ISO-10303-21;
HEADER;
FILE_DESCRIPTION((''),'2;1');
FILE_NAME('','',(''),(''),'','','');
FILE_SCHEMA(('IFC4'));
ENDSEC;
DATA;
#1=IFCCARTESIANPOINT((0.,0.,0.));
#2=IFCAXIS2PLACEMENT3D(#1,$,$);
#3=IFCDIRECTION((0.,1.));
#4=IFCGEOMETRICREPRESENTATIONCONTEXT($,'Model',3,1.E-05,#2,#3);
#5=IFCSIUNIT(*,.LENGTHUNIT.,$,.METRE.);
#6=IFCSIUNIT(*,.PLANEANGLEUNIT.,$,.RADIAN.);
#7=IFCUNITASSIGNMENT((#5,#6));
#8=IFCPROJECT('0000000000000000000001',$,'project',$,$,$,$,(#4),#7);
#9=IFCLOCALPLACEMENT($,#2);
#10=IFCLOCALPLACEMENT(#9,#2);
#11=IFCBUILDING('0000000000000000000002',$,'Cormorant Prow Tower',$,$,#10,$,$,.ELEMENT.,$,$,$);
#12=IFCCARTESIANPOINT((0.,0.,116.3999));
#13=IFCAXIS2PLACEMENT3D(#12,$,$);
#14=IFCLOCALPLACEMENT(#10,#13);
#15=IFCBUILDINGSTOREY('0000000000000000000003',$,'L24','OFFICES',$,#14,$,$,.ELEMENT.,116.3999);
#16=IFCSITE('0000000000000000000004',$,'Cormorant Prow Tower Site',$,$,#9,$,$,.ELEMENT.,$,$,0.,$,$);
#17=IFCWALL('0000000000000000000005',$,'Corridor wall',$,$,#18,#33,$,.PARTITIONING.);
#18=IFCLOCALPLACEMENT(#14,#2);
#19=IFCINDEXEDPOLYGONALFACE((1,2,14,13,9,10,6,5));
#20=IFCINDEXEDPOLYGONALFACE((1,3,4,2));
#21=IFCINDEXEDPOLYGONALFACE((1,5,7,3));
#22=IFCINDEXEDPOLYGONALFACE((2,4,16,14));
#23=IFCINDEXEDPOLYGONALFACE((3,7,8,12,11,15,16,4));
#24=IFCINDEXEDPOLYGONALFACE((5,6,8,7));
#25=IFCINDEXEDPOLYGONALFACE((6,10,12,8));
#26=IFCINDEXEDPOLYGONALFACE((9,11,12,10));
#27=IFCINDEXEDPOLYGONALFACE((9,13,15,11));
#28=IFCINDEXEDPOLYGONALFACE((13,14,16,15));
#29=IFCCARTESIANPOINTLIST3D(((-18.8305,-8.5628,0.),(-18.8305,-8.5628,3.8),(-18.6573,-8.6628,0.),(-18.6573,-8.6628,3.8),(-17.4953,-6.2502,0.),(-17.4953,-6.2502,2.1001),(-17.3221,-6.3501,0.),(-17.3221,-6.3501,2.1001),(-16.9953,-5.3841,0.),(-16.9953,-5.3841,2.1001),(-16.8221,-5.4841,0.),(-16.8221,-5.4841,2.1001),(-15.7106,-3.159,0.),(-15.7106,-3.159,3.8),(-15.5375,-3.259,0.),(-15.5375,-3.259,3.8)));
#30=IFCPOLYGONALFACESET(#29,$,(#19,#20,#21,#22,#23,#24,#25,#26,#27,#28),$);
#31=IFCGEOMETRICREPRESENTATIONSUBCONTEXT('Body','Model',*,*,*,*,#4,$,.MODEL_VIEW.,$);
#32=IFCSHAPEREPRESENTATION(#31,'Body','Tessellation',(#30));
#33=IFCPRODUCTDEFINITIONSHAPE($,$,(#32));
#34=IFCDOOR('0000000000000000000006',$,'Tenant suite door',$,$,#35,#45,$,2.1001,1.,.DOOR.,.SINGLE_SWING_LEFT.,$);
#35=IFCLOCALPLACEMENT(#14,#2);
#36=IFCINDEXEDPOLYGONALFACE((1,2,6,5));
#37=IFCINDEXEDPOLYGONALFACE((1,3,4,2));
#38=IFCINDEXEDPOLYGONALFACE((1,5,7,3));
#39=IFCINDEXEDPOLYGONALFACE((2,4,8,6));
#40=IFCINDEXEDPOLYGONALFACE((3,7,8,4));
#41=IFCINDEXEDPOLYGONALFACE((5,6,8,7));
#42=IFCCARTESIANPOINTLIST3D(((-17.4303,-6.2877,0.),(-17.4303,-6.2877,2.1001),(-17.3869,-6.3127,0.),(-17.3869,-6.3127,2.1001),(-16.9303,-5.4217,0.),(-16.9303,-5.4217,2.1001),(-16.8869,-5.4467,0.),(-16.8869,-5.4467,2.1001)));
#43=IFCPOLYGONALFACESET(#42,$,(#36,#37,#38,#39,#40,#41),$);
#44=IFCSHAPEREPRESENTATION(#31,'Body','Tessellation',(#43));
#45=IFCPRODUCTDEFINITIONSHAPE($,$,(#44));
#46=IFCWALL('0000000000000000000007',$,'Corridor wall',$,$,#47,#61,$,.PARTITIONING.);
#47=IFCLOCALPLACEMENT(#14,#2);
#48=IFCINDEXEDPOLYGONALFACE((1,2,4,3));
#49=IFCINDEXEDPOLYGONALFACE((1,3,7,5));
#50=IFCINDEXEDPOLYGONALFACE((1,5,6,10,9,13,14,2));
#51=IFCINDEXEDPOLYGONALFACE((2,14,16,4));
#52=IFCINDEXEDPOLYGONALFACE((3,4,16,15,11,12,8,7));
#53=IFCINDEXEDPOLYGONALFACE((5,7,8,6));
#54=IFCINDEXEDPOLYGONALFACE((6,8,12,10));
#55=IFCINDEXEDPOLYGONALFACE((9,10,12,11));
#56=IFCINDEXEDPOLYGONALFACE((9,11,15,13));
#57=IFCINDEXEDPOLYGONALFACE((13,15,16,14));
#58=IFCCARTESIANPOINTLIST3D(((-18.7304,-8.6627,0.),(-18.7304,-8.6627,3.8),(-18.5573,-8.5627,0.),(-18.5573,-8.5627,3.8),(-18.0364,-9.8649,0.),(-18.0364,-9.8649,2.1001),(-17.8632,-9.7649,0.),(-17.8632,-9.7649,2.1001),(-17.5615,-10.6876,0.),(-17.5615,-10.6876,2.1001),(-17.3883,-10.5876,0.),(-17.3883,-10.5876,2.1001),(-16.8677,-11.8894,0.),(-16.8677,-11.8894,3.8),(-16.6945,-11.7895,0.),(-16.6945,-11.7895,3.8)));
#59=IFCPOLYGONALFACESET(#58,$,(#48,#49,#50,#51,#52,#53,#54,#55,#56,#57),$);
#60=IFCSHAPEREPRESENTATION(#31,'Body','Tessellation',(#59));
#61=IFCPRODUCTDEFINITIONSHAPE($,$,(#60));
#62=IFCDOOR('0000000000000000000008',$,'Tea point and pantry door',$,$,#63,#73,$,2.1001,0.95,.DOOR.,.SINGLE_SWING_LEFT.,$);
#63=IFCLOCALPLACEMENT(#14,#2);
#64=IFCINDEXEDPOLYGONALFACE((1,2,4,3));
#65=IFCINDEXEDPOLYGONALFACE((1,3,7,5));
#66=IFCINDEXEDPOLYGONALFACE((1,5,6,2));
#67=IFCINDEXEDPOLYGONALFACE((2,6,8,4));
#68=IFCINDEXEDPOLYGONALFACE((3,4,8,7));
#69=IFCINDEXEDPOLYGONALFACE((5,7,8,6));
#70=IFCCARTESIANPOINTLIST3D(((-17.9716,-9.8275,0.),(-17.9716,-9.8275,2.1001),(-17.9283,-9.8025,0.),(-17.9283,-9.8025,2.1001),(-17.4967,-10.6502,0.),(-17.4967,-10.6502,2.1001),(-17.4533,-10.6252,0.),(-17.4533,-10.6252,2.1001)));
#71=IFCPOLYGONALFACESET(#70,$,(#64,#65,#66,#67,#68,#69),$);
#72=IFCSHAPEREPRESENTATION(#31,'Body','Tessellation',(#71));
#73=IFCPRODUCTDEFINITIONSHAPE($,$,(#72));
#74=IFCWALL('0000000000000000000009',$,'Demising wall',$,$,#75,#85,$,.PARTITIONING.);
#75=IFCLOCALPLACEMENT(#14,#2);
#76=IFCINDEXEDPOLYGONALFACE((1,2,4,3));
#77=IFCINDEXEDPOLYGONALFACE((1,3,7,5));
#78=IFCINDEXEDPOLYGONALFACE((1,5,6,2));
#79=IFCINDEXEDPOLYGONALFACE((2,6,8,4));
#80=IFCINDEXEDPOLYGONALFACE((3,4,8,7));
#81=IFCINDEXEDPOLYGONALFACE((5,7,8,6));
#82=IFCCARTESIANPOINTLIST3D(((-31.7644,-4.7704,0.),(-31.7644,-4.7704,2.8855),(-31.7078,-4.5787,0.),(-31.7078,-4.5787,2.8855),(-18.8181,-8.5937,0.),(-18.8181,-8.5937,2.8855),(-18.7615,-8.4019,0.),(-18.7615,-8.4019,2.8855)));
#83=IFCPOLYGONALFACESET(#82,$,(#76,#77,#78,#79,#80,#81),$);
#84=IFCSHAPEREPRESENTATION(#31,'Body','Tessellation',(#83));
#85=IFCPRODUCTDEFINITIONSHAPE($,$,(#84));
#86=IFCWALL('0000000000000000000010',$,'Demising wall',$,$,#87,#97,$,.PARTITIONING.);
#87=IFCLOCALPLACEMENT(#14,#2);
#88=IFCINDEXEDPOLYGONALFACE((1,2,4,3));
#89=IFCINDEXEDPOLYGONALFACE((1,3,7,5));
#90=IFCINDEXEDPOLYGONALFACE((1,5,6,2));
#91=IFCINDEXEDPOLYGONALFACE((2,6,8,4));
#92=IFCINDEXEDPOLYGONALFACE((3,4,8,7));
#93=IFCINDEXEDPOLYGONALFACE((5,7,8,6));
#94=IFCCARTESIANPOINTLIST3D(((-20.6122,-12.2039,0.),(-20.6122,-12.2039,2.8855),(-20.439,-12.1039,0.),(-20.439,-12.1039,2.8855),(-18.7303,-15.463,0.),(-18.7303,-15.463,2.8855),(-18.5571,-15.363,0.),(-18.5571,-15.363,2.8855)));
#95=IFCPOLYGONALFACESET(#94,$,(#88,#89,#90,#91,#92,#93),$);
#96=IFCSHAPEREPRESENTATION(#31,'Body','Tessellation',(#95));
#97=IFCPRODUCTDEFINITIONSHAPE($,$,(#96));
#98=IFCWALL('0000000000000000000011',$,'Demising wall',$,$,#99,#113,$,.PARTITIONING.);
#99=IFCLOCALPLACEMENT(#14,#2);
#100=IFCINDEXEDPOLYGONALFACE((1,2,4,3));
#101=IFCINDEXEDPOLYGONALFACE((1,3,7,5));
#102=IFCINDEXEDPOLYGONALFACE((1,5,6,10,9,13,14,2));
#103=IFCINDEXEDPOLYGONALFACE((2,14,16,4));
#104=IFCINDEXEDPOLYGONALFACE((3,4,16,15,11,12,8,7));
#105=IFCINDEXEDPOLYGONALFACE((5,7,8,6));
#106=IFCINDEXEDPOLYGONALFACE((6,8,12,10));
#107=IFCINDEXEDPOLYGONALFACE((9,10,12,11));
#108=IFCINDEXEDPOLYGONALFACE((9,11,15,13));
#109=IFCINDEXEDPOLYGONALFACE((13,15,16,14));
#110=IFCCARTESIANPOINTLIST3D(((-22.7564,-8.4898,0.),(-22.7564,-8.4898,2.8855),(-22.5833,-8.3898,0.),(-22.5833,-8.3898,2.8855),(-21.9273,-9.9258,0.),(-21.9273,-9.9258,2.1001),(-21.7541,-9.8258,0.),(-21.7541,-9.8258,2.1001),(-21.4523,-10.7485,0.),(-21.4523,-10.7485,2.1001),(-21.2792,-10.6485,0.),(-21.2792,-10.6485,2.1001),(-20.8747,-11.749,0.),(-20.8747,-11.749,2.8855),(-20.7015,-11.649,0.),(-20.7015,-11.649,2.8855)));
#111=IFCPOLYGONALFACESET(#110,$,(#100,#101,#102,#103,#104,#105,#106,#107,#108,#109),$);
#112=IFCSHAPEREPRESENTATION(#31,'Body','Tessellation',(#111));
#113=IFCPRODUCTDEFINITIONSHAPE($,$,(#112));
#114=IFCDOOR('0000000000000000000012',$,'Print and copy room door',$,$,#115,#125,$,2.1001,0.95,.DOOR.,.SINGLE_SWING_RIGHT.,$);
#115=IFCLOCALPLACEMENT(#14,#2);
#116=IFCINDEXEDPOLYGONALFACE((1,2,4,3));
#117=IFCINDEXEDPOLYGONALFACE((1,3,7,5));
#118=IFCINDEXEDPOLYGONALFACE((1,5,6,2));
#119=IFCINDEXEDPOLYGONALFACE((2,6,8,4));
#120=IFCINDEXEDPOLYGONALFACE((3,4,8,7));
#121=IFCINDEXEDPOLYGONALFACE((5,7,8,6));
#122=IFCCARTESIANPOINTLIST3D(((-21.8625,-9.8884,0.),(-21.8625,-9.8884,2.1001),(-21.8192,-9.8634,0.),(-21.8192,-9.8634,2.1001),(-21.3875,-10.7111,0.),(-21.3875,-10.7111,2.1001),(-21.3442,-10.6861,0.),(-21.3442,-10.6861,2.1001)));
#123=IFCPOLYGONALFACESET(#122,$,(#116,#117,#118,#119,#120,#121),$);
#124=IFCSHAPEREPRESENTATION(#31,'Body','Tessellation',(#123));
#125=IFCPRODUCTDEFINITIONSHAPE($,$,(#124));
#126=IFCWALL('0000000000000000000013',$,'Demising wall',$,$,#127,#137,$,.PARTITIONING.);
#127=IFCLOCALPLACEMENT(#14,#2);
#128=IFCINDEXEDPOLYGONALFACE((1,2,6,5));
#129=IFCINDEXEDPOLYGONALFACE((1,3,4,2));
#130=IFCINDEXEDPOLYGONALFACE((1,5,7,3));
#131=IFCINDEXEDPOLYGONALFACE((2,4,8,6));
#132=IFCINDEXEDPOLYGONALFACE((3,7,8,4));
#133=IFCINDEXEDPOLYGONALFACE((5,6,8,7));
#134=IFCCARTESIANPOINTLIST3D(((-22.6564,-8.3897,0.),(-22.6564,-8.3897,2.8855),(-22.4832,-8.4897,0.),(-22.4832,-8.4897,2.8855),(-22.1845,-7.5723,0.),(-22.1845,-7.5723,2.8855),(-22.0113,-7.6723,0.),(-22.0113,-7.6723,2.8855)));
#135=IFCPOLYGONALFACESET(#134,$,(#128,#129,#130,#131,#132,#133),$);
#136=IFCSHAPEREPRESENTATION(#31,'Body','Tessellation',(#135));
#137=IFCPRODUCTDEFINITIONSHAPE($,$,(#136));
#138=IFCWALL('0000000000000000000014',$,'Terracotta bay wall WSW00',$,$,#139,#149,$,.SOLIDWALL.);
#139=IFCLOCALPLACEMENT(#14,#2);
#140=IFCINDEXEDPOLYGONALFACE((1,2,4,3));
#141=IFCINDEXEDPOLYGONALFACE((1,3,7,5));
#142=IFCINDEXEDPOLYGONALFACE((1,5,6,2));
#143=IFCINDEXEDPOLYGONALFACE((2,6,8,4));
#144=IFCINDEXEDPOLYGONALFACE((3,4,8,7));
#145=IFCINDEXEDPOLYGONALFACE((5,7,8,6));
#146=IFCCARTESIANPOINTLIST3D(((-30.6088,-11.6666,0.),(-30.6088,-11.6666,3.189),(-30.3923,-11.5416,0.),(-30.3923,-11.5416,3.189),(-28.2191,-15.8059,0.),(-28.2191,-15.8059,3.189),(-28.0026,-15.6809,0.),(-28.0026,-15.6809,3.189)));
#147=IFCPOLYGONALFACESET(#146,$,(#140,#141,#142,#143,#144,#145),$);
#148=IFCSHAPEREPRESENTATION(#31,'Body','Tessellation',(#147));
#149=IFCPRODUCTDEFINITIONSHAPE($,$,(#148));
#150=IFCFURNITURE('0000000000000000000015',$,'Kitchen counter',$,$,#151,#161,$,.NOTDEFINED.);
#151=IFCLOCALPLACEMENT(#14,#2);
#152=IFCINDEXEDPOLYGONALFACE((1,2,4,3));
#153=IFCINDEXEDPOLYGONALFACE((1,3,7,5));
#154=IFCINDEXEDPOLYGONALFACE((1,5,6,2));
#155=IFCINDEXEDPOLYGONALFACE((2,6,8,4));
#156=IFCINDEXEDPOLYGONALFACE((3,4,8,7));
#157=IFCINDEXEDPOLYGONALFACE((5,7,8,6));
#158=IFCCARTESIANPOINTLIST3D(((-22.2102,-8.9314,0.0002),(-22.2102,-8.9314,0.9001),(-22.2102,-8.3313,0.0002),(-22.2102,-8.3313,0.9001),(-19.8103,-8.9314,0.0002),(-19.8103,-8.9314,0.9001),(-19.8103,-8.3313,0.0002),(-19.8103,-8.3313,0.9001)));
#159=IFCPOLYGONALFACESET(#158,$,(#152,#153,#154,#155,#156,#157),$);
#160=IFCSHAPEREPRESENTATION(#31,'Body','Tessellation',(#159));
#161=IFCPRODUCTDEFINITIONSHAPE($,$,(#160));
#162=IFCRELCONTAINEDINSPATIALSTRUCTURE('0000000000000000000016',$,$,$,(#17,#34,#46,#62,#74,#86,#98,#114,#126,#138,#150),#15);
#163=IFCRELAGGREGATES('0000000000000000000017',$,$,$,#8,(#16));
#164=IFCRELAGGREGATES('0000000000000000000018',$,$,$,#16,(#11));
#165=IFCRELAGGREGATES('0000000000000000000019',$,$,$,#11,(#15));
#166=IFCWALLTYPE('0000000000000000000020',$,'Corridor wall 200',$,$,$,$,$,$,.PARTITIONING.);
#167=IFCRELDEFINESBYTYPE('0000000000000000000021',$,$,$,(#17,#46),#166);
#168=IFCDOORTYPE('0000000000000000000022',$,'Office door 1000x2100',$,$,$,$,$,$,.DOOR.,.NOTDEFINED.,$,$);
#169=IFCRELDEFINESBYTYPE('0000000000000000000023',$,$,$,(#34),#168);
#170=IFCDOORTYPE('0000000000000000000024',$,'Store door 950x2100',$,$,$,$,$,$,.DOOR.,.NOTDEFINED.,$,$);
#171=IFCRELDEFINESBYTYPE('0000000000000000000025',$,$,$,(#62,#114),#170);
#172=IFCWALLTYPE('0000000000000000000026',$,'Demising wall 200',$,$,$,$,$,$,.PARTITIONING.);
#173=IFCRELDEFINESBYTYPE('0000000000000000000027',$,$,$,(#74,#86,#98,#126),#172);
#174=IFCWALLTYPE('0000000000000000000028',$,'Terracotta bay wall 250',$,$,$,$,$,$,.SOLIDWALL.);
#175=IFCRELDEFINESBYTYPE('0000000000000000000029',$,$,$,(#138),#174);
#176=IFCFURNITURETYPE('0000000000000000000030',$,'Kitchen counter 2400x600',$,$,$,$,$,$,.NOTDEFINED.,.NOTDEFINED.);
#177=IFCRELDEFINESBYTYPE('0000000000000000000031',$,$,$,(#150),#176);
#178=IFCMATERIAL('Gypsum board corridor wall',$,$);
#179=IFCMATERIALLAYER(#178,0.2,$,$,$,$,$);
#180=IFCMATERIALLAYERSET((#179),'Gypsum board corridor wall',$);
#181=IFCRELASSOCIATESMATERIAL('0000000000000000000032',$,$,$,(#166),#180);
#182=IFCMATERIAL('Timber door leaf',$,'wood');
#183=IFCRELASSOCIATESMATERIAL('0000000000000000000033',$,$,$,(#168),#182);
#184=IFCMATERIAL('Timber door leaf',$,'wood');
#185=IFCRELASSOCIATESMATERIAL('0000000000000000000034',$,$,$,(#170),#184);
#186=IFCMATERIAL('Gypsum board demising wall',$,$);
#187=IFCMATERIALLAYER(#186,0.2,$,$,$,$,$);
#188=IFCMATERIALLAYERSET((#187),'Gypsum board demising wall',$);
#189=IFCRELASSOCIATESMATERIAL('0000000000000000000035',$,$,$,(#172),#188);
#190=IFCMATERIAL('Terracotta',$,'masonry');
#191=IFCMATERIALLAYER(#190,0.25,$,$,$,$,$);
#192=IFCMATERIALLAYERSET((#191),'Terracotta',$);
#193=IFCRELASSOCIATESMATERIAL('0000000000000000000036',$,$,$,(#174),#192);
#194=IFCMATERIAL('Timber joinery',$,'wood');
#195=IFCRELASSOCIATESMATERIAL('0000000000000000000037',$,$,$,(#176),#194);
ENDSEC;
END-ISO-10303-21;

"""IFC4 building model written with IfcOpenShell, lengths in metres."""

from ifc_helpers import new_model, si_unit, direction, frame, frame_2d, origin, origin_2d, place, context, subcontext, project, spatial, rectangle, extrude, material, layer, layer_set, type_object, element, fill, save


model = new_model("IFC4")

# Units and contexts
model_context = context("Model", 3, precision=1e-05, world=origin(), true_north=direction((0.0, 1.0)))
body_context = subcontext(model_context, "Body", "Model", "MODEL_VIEW")
ifc_project = project(units=[si_unit("LENGTHUNIT", "METRE"), si_unit("PLANEANGLEUNIT", "RADIAN")], contexts=[model_context])

# Site, building, storey
site_placement = place(None, origin())
site = spatial("IfcSite", under=ifc_project, at=site_placement, Name="Cormorant Prow Tower Site", CompositionType="ELEMENT", RefElevation=0.0)
building_placement = place(site_placement, origin())
building = spatial("IfcBuilding", under=site, at=building_placement, Name="Cormorant Prow Tower", CompositionType="ELEMENT")
storey_placement = place(building_placement, frame((0.0, 0.0, 116.3999)))
storey = spatial("IfcBuildingStorey", under=building, at=storey_placement, Name="L24", Description="OFFICES", CompositionType="ELEMENT", Elevation=116.3999)

# Walls, openings, doors
ifc_material_1 = material(Name="Gypsum board corridor wall")
ifc_layer_1 = layer(ifc_material_1, 0.2)
ifc_layer_set_1 = layer_set([ifc_layer_1], Name="Gypsum board corridor wall")
wall_type_1 = type_object("IfcWallType", Name="Corridor wall 200", PredefinedType="PARTITIONING", material=ifc_layer_set_1)
wall_1_placement = place(storey_placement, frame((-18.7439, -8.6128, 0.0), z_axis=(0.0, 0.0, 1.0), x_axis=(0.499998, 0.866027, 0.0)))
wall_1 = element("IfcWall", 1, at=wall_1_placement, inside=storey, type_object=wall_type_1, Name="Corridor wall", PredefinedType="PARTITIONING", context=body_context, shape_type="SweptSolid", body=[
    extrude(rectangle(XDim=6.2397, YDim=0.2, at=frame_2d((3.1199, 0.0))), origin(), (0.0, 0.0, 1.0), 3.8),
])
opening_1_placement = place(wall_1_placement, frame((2.6704, 0.0, 0.0)))
opening_1 = element("IfcOpeningElement", 2, at=opening_1_placement, cuts=wall_1, PredefinedType="OPENING", context=body_context, shape_type="SweptSolid", body=[
    extrude(rectangle(XDim=1.0, YDim=2.1001, at=frame_2d((0.5, 1.05))), frame((0.0, 0.1099, 0.0), z_axis=(0.0, -1.0, 0.0), x_axis=(1.0, 0.0, 0.0)), (0.0, 0.0, 1.0), 0.22),
])
ifc_material_2 = material(Name="Timber door leaf", Category="wood")
door_type_1 = type_object("IfcDoorType", Name="Office door 1000x2100", OperationType="NOTDEFINED", PredefinedType="DOOR", material=ifc_material_2)
door_1_placement = place(opening_1_placement, origin())
door_1 = element("IfcDoor", 3, at=door_1_placement, inside=storey, type_object=door_type_1, Name="Tenant suite door", OperationType="SINGLE_SWING_LEFT", OverallHeight=2.1001, OverallWidth=1.0, PredefinedType="DOOR", context=body_context, shape_type="SweptSolid", body=[
    extrude(rectangle(XDim=1.0, YDim=2.1001, at=frame_2d((0.5, 1.05))), frame((0.0, 0.0249, 0.0), z_axis=(0.0, -1.0, 0.0), x_axis=(1.0, 0.0, 0.0)), (0.0, 0.0, 1.0), 0.05),
])
fill(opening_1, door_1)
wall_2_placement = place(storey_placement, frame((-18.6438, -8.6128, 0.0), z_axis=(0.0, 0.0, 1.0), x_axis=(0.499959, -0.866049, 0.0)))
wall_2 = element("IfcWall", 4, at=wall_2_placement, inside=storey, type_object=wall_type_1, Name="Corridor wall", PredefinedType="PARTITIONING", context=body_context, shape_type="SweptSolid", body=[
    extrude(rectangle(XDim=3.7258, YDim=0.2, at=frame_2d((1.8628, 0.0))), origin(), (0.0, 0.0, 1.0), 3.8),
])
opening_2_placement = place(wall_2_placement, frame((1.3879, 0.0, 0.0)))
opening_2 = element("IfcOpeningElement", 5, at=opening_2_placement, cuts=wall_2, PredefinedType="OPENING", context=body_context, shape_type="SweptSolid", body=[
    extrude(rectangle(XDim=0.95, YDim=2.1001, at=frame_2d((0.4751, 1.05))), frame((0.0, 0.1099, 0.0), z_axis=(0.0, -1.0, 0.0), x_axis=(1.0, 0.0, 0.0)), (0.0, 0.0, 1.0), 0.22),
])
ifc_material_3 = material(Name="Timber door leaf", Category="wood")
door_type_2 = type_object("IfcDoorType", Name="Store door 950x2100", OperationType="NOTDEFINED", PredefinedType="DOOR", material=ifc_material_3)
door_2_placement = place(opening_2_placement, origin())
door_2 = element("IfcDoor", 6, at=door_2_placement, inside=storey, type_object=door_type_2, Name="Tea point and pantry door", OperationType="SINGLE_SWING_LEFT", OverallHeight=2.1001, OverallWidth=0.95, PredefinedType="DOOR", context=body_context, shape_type="SweptSolid", body=[
    extrude(rectangle(XDim=0.95, YDim=2.1001, at=frame_2d((0.4751, 1.05))), frame((0.0, 0.0249, 0.0), z_axis=(0.0, -1.0, 0.0), x_axis=(1.0, 0.0, 0.0)), (0.0, 0.0, 1.0), 0.05),
])
fill(opening_2, door_2)

# Walls
ifc_material_4 = material(Name="Gypsum board demising wall")
ifc_layer_2 = layer(ifc_material_4, 0.2)
ifc_layer_set_2 = layer_set([ifc_layer_2], Name="Gypsum board demising wall")
wall_type_2 = type_object("IfcWallType", Name="Demising wall 200", PredefinedType="PARTITIONING", material=ifc_layer_set_2)
wall_3_placement = place(storey_placement, frame((-31.7361, -4.6746, 0.0), z_axis=(0.0, 0.0, 1.0), x_axis=(0.959054, -0.283224, 0.0)))
element("IfcWall", 7, at=wall_3_placement, inside=storey, type_object=wall_type_2, Name="Demising wall", PredefinedType="PARTITIONING", context=body_context, shape_type="SweptSolid", body=[
    extrude(rectangle(XDim=13.499, YDim=0.2, at=frame_2d((6.7495, 0.0))), origin(), (0.0, 0.0, 1.0), 2.8855),
])
wall_4_placement = place(storey_placement, frame((-20.5256, -12.1538, 0.0), z_axis=(0.0, 0.0, 1.0), x_axis=(0.500046, -0.865999, 0.0)))
element("IfcWall", 8, at=wall_4_placement, inside=storey, type_object=wall_type_2, Name="Demising wall", PredefinedType="PARTITIONING", context=body_context, shape_type="SweptSolid", body=[
    extrude(rectangle(XDim=3.7634, YDim=0.2, at=frame_2d((1.8818, 0.0))), origin(), (0.0, 0.0, 1.0), 2.8855),
])

# Wall, opening, door
wall_5_placement = place(storey_placement, frame((-22.6699, -8.4397, 0.0), z_axis=(0.0, 0.0, 1.0), x_axis=(0.500018, -0.866015, 0.0)))
wall_5 = element("IfcWall", 9, at=wall_5_placement, inside=storey, type_object=wall_type_2, Name="Demising wall", PredefinedType="PARTITIONING", context=body_context, shape_type="SweptSolid", body=[
    extrude(rectangle(XDim=3.7634, YDim=0.2, at=frame_2d((1.8818, 0.0))), origin(), (0.0, 0.0, 1.0), 2.8855),
])
opening_3_placement = place(wall_5_placement, frame((1.6582, 0.0, 0.0)))
opening_3 = element("IfcOpeningElement", 10, at=opening_3_placement, cuts=wall_5, PredefinedType="OPENING", context=body_context, shape_type="SweptSolid", body=[
    extrude(rectangle(XDim=0.95, YDim=2.1001, at=frame_2d((0.4751, 1.05))), frame((0.0, 0.1099, 0.0), z_axis=(0.0, -1.0, 0.0), x_axis=(1.0, 0.0, 0.0)), (0.0, 0.0, 1.0), 0.22),
])
door_3_placement = place(opening_3_placement, origin())
door_3 = element("IfcDoor", 11, at=door_3_placement, inside=storey, type_object=door_type_2, Name="Print and copy room door", OperationType="SINGLE_SWING_RIGHT", OverallHeight=2.1001, OverallWidth=0.95, PredefinedType="DOOR", context=body_context, shape_type="SweptSolid", body=[
    extrude(rectangle(XDim=0.95, YDim=2.1001, at=frame_2d((0.4751, 1.05))), frame((0.0, 0.0249, 0.0), z_axis=(0.0, -1.0, 0.0), x_axis=(1.0, 0.0, 0.0)), (0.0, 0.0, 1.0), 0.05),
])
fill(opening_3, door_3)

# Walls
wall_6_placement = place(storey_placement, frame((-22.5698, -8.4397, 0.0), z_axis=(0.0, 0.0, 1.0), x_axis=(0.500006, 0.866022, 0.0)))
element("IfcWall", 12, at=wall_6_placement, inside=storey, type_object=wall_type_2, Name="Demising wall", PredefinedType="PARTITIONING", context=body_context, shape_type="SweptSolid", body=[
    extrude(rectangle(XDim=0.9438, YDim=0.2, at=frame_2d((0.4719, 0.0))), origin(), (0.0, 0.0, 1.0), 2.8855),
])
ifc_material_5 = material(Name="Terracotta", Category="masonry")
ifc_layer_3 = layer(ifc_material_5, 0.25)
ifc_layer_set_3 = layer_set([ifc_layer_3], Name="Terracotta")
wall_type_3 = type_object("IfcWallType", Name="Terracotta bay wall 250", PredefinedType="SOLIDWALL", material=ifc_layer_set_3)
wall_7_placement = place(storey_placement, frame((-30.5005, -11.6042, 0.0), z_axis=(0.0, 0.0, 1.0), x_axis=(0.499985, -0.866034, 0.0)))
element("IfcWall", 13, at=wall_7_placement, inside=storey, type_object=wall_type_3, Name="Terracotta bay wall WSW00", PredefinedType="SOLIDWALL", context=body_context, shape_type="SweptSolid", body=[
    extrude(rectangle(XDim=4.7795, YDim=0.25, at=frame_2d((2.3896, 0.0))), origin(), (0.0, 0.0, 1.0), 3.189),
])

# Furniture
ifc_material_6 = material(Name="Timber joinery", Category="wood")
furniture_type = type_object("IfcFurnitureType", Name="Kitchen counter 2400x600", AssemblyPlace="NOTDEFINED", PredefinedType="NOTDEFINED", material=ifc_material_6)
furniture_placement = place(storey_placement, frame((-21.0103, -8.6313, 0.0002), z_axis=(0.0, 0.0, 1.0), x_axis=(1.0, 0.0, 0.0)))
element("IfcFurniture", 14, at=furniture_placement, inside=storey, type_object=furniture_type, Name="Kitchen counter", PredefinedType="NOTDEFINED", context=body_context, shape_type="SweptSolid", body=[
    extrude(rectangle(XDim=2.3999, YDim=0.6001, at=origin_2d()), origin(), (0.0, 0.0, 1.0), 0.8999),
])

save(model, "model.ifc")
